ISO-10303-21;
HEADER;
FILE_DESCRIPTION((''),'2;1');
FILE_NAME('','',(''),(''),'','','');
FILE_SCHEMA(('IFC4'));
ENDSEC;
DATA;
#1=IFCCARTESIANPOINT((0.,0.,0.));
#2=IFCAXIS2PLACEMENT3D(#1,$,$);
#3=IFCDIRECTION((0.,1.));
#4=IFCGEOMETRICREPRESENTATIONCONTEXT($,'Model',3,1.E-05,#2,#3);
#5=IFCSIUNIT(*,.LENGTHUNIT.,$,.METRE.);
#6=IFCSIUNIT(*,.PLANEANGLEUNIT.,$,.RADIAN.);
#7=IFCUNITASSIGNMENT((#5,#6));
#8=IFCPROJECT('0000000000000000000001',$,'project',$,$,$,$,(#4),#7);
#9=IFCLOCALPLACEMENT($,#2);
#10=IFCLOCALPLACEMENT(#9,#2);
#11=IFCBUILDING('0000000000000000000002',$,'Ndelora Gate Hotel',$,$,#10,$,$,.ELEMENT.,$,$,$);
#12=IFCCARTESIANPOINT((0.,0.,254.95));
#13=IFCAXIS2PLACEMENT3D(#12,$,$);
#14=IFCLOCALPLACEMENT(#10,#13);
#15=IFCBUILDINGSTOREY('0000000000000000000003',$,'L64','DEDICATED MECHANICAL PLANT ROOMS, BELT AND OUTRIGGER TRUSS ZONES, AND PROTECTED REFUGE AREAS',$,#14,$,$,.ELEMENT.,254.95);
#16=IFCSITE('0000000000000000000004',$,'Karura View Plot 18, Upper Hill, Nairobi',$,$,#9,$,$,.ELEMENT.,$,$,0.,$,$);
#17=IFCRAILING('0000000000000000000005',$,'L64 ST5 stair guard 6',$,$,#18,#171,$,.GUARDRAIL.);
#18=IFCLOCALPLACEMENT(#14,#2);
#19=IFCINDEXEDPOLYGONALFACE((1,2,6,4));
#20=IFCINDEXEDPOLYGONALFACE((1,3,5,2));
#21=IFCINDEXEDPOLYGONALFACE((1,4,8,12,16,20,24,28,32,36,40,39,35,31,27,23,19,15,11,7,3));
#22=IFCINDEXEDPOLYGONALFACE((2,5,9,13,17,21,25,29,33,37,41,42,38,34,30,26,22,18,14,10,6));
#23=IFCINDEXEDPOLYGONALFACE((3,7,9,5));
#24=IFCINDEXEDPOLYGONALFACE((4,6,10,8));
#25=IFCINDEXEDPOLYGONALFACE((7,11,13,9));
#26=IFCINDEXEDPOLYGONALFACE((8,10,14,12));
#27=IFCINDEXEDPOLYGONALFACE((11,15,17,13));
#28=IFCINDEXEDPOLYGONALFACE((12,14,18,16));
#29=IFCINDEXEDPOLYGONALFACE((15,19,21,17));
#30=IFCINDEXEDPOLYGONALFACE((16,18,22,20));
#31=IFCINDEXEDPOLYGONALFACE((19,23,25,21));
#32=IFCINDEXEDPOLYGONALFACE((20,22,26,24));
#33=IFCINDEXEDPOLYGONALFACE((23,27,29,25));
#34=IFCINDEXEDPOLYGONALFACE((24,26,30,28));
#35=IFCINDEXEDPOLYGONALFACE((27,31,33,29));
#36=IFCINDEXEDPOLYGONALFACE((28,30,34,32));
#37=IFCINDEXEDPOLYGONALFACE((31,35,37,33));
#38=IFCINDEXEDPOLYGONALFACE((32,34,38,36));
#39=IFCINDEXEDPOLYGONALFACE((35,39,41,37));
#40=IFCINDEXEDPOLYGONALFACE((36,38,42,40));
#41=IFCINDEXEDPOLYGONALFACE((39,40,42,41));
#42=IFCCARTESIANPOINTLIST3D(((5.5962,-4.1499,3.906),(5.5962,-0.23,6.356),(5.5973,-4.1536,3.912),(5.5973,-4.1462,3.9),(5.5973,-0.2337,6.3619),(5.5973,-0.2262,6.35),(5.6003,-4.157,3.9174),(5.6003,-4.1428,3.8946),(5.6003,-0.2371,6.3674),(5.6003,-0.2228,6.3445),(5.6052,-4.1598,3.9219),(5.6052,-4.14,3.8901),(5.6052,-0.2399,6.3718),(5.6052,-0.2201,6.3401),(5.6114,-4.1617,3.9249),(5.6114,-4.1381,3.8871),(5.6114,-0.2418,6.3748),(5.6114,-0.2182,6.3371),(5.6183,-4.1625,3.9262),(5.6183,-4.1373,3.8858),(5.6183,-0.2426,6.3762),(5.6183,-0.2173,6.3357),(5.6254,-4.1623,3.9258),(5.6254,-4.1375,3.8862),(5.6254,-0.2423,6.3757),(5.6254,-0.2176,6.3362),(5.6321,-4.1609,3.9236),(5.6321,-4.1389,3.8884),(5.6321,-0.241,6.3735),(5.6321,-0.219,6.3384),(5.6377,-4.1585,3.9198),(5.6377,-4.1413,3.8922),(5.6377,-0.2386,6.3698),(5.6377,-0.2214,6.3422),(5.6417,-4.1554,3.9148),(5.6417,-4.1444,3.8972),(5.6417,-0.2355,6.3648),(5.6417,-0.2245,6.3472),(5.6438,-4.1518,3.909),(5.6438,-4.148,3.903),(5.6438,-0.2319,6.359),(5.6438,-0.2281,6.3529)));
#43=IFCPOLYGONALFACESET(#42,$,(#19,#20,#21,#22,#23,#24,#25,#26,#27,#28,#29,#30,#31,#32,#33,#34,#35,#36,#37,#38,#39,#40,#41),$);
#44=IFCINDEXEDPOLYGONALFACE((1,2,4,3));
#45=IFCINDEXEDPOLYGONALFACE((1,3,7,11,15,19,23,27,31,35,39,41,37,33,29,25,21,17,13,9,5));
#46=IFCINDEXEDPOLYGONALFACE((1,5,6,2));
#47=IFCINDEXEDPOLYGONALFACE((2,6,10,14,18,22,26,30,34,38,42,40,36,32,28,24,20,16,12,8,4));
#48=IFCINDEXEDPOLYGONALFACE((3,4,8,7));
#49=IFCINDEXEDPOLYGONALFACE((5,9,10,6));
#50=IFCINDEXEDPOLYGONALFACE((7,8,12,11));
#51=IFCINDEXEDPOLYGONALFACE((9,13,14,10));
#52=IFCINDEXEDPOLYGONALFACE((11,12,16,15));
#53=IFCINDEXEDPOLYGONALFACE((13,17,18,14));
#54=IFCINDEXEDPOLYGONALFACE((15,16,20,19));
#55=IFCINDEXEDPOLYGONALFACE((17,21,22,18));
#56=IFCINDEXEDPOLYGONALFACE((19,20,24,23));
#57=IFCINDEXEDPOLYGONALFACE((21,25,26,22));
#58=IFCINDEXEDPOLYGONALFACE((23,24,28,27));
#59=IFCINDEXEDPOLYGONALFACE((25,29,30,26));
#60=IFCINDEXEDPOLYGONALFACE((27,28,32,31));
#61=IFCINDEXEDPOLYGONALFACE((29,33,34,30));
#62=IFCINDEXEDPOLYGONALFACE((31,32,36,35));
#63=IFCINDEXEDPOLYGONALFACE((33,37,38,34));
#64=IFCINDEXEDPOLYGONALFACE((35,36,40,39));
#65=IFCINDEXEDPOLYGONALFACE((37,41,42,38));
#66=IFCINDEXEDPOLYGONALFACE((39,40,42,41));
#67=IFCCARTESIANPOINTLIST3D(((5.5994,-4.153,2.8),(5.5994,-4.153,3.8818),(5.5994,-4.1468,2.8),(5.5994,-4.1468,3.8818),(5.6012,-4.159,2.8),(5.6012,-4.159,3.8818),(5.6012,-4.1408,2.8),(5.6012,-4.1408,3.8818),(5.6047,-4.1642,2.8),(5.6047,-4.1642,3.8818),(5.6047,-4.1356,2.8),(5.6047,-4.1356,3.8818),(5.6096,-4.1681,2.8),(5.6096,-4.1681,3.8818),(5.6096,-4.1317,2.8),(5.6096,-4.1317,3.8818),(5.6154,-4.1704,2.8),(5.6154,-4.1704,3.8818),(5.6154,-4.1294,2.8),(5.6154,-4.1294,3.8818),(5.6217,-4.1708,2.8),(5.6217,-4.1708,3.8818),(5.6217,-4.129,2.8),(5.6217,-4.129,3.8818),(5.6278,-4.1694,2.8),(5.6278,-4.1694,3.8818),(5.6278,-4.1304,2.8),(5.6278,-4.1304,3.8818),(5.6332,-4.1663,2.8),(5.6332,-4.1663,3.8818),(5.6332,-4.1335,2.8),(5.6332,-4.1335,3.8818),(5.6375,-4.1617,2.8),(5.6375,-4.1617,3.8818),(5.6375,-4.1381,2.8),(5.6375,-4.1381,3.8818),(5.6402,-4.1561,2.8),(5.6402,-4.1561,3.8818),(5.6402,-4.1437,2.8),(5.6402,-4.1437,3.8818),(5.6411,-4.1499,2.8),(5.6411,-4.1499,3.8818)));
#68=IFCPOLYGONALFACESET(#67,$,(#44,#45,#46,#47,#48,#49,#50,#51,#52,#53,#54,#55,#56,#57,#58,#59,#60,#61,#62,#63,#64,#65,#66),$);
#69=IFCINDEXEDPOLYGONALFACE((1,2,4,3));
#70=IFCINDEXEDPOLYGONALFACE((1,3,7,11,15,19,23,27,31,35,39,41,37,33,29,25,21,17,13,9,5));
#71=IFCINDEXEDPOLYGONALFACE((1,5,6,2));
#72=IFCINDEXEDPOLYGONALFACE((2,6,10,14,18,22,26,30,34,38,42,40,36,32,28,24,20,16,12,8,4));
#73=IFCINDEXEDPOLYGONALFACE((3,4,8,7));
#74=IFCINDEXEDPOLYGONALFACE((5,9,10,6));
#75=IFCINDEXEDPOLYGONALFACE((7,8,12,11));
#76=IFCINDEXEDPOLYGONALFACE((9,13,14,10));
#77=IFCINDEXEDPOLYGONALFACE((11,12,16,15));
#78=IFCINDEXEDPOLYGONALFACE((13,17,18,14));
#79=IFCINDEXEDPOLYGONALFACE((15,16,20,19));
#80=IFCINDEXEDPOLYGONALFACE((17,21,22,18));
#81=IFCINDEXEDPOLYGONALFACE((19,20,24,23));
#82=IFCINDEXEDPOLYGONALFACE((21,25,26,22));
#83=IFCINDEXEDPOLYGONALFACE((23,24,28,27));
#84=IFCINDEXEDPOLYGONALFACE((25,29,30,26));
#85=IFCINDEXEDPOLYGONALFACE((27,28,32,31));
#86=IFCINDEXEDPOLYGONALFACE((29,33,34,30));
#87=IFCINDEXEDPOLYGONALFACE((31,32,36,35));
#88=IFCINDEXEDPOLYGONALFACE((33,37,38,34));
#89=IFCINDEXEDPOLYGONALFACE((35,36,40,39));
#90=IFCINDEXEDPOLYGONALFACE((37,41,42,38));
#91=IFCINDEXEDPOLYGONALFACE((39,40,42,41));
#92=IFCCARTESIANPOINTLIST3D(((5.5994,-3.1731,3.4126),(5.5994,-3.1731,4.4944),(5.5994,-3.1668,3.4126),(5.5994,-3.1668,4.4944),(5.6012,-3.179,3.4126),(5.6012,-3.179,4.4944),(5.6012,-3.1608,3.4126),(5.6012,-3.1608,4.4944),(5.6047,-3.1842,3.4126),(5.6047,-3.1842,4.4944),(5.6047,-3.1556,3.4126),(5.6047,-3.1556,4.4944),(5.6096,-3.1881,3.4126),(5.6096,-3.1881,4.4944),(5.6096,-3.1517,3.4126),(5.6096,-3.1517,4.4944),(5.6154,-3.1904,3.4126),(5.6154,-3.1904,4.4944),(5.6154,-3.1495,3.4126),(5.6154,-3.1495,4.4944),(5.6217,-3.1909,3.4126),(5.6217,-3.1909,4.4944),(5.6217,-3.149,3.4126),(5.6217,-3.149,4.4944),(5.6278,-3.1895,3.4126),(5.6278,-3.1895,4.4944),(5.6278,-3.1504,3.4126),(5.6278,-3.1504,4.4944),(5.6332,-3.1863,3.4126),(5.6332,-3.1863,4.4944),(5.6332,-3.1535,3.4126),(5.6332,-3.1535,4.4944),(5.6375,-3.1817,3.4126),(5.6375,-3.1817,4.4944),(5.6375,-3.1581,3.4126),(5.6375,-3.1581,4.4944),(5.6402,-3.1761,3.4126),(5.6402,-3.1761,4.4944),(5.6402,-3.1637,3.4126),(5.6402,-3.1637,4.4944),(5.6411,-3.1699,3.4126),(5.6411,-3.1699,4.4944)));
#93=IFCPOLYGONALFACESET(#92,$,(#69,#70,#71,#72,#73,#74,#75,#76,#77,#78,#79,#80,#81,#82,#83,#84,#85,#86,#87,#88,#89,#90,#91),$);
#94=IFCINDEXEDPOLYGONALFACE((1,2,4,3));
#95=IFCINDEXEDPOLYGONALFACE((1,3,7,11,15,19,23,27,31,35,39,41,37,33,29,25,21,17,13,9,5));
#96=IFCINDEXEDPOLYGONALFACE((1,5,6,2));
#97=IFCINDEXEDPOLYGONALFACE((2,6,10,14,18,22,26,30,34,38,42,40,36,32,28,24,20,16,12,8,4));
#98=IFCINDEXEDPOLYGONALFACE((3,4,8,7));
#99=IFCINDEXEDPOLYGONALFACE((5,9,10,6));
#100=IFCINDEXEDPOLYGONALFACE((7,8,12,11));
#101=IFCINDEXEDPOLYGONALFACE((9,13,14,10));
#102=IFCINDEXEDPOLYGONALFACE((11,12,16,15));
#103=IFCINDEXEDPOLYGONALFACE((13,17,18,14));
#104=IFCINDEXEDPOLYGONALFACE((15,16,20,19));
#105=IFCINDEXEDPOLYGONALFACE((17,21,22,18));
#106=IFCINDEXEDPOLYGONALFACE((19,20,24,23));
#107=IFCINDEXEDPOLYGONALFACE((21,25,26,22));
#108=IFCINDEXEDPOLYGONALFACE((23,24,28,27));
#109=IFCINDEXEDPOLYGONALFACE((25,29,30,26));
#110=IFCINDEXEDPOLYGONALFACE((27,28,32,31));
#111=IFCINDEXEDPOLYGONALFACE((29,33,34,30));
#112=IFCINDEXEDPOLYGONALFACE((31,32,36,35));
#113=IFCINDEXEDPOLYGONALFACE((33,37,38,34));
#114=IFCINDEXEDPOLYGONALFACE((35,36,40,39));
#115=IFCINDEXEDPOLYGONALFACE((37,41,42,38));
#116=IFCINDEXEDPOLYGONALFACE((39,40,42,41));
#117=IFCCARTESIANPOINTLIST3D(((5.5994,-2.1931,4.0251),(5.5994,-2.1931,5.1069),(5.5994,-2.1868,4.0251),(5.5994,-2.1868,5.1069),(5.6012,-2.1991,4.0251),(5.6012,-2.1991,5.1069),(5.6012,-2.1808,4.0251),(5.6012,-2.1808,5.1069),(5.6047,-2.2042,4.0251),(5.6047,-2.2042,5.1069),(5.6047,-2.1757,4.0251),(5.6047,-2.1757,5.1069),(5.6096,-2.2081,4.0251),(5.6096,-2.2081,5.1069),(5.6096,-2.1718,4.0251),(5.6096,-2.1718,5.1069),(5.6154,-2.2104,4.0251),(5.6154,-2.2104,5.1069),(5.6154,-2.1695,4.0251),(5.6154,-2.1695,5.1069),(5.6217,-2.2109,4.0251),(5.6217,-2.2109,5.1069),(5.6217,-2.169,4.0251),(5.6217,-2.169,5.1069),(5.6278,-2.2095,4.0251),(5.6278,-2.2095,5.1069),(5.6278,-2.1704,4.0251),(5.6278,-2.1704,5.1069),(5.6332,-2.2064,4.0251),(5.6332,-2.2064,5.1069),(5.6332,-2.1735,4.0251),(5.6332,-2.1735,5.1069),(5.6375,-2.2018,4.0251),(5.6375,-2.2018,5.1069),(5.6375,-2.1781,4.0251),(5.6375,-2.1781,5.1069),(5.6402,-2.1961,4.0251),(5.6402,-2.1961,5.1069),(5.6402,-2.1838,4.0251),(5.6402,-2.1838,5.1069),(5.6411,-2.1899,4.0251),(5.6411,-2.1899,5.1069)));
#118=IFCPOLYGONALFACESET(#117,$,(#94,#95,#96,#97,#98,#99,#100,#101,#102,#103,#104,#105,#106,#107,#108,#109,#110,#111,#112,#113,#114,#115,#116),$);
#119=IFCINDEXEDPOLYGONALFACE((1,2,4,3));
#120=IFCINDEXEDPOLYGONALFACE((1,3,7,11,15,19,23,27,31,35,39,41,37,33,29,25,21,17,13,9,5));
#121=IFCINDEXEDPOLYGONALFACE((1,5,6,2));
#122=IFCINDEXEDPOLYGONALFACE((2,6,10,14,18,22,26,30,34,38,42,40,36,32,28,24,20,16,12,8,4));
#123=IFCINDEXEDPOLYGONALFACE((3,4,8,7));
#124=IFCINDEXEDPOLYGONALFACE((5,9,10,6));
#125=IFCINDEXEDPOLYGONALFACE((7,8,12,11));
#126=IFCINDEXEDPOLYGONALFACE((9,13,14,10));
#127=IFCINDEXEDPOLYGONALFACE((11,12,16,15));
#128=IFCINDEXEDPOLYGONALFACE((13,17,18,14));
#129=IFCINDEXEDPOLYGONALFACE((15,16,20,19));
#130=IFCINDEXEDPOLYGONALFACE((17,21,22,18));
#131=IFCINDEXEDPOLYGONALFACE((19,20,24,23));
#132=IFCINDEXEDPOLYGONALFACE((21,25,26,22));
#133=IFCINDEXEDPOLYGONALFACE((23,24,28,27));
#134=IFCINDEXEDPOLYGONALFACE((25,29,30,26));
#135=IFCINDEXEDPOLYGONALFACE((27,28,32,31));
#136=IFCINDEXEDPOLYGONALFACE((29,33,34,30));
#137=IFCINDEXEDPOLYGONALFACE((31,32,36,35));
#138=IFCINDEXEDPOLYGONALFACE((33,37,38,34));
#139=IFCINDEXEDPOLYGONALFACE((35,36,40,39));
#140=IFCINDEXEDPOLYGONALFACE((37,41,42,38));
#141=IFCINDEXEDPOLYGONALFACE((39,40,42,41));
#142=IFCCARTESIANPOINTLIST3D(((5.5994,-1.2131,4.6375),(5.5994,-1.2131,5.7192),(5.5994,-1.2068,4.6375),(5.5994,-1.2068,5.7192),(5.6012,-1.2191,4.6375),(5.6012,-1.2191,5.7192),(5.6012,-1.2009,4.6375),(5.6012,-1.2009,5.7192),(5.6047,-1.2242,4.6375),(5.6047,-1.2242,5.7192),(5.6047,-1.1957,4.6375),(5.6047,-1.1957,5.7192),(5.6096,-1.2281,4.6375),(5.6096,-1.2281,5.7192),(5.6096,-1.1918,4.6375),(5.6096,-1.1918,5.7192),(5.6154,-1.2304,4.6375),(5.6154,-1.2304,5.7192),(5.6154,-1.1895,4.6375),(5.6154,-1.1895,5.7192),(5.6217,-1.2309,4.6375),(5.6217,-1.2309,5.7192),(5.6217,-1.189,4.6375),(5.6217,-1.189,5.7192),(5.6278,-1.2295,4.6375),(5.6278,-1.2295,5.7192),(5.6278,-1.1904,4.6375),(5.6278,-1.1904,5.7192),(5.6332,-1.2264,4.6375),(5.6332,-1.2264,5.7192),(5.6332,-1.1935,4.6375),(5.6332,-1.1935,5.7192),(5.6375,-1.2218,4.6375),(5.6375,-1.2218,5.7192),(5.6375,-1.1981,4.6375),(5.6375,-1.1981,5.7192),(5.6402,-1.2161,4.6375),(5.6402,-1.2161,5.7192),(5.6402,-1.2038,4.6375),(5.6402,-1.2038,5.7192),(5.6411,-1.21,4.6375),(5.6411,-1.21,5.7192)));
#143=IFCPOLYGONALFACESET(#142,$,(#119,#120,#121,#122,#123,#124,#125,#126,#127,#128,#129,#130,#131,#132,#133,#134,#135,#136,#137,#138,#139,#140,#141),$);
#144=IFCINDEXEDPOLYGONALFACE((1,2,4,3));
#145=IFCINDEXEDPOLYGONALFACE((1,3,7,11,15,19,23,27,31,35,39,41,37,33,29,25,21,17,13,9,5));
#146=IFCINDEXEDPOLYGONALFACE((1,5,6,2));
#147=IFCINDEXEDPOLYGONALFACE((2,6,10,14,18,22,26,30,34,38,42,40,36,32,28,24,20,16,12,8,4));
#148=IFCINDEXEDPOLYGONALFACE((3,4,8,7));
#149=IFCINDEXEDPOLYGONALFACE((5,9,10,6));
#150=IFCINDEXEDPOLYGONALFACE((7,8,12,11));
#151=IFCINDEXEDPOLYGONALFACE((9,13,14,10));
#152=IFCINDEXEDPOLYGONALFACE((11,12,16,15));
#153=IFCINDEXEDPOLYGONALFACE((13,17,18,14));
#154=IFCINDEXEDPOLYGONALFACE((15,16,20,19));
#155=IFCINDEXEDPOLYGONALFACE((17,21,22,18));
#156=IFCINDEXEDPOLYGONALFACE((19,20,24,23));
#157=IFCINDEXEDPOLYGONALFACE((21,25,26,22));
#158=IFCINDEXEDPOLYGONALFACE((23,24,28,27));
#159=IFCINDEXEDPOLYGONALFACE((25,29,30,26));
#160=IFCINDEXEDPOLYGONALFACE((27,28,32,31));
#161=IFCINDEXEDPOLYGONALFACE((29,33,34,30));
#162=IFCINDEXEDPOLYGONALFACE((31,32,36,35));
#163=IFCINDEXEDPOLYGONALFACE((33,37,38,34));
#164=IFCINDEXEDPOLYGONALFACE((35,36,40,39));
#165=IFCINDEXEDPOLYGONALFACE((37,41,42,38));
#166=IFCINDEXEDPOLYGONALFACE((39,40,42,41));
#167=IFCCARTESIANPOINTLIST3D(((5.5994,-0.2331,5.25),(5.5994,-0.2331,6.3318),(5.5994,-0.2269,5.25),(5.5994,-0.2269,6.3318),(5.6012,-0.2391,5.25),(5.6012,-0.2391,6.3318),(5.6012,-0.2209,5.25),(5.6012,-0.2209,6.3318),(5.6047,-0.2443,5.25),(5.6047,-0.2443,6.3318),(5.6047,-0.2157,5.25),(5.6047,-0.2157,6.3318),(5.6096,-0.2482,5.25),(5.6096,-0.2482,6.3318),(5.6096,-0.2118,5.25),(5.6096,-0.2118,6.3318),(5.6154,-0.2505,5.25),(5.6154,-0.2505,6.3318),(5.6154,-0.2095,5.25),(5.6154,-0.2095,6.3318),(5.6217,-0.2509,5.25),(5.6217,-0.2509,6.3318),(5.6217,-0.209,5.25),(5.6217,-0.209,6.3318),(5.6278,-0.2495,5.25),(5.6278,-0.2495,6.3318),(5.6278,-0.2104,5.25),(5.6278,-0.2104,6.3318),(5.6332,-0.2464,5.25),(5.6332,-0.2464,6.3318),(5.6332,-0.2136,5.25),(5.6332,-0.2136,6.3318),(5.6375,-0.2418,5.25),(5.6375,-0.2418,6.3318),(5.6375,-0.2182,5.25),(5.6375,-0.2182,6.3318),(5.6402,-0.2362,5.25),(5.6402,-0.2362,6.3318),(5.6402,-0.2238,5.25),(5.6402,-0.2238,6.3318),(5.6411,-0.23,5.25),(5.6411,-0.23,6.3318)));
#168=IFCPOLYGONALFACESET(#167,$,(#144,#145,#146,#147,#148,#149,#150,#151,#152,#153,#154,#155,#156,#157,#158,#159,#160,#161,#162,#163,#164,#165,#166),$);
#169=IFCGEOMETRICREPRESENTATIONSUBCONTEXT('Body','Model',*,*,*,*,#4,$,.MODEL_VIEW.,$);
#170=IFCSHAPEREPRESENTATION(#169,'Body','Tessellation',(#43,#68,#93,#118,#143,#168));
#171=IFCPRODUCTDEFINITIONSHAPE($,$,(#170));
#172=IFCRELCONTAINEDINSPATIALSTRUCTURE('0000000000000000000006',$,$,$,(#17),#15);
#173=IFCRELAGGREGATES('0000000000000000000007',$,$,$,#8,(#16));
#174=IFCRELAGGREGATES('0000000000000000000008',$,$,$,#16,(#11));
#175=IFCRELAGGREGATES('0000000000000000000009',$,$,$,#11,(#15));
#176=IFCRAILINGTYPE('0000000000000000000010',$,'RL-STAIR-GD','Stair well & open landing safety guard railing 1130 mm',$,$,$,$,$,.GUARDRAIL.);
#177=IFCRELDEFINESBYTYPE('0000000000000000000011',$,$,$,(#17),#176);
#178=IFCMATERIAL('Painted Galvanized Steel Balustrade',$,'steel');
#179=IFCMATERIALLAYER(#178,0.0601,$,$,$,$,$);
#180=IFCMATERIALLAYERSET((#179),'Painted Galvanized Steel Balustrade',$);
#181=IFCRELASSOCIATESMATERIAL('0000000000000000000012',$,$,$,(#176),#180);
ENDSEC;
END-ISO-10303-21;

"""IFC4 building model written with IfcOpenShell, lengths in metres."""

from ifc_helpers import new_model, si_unit, direction, frame, origin, origin_2d, place, context, subcontext, project, spatial, circle, extrude, material, layer, layer_set, type_object, element, save


model = new_model("IFC4")

# Units and contexts
model_context = context("Model", 3, precision=1e-05, world=origin(), true_north=direction((0.0, 1.0)))
body_context = subcontext(model_context, "Body", "Model", "MODEL_VIEW")
ifc_project = project(units=[si_unit("LENGTHUNIT", "METRE"), si_unit("PLANEANGLEUNIT", "RADIAN")], contexts=[model_context])

# Site, building, storey
site_placement = place(None, origin())
site = spatial("IfcSite", under=ifc_project, at=site_placement, Name="Karura View Plot 18, Upper Hill, Nairobi", CompositionType="ELEMENT", RefElevation=0.0)
building_placement = place(site_placement, origin())
building = spatial("IfcBuilding", under=site, at=building_placement, Name="Ndelora Gate Hotel", CompositionType="ELEMENT")
storey_placement = place(building_placement, frame((0.0, 0.0, 254.95)))
storey = spatial("IfcBuildingStorey", under=building, at=storey_placement, Name="L64", Description="DEDICATED MECHANICAL PLANT ROOMS, BELT AND OUTRIGGER TRUSS ZONES, AND PROTECTED REFUGE AREAS", CompositionType="ELEMENT", Elevation=254.95)

# Railing
ifc_material_1 = material(Name="Painted Galvanized Steel Balustrade", Category="steel")
ifc_layer_1 = layer(ifc_material_1, 0.0601)
ifc_layer_set_1 = layer_set([ifc_layer_1], Name="Painted Galvanized Steel Balustrade")
railing_type_1 = type_object("IfcRailingType", Name="RL-STAIR-GD", Description="Stair well & open landing safety guard railing 1130 mm", PredefinedType="GUARDRAIL", material=ifc_layer_set_1)
railing_1_placement = place(storey_placement, frame((5.6201, -4.1499, 2.8)))
element("IfcRailing", 1, at=railing_1_placement, inside=storey, type_object=railing_type_1, Name="L64 ST5 stair guard 6", PredefinedType="GUARDRAIL", context=body_context, shape_type="SweptSolid", body=[
    extrude(circle(Radius=0.0239, at=origin_2d()), frame((0.0, 0.0, 1.106), z_axis=(0.0, 0.847998, 0.529999), x_axis=(-1.0, 0.0, 0.0)), (0.0, 0.0, 1.0), 4.6226),
    extrude(circle(Radius=0.021, at=origin_2d()), origin(), (0.0, 0.0, 1.0), 1.0818),
    extrude(circle(Radius=0.021, at=origin_2d()), frame((0.0, 0.98, 0.6125)), (0.0, 0.0, 1.0), 1.0818),
    extrude(circle(Radius=0.021, at=origin_2d()), frame((0.0, 1.96, 1.2251)), (0.0, 0.0, 1.0), 1.0818),
    extrude(circle(Radius=0.021, at=origin_2d()), frame((0.0, 2.9399, 1.8374)), (0.0, 0.0, 1.0), 1.0818),
    extrude(circle(Radius=0.021, at=origin_2d()), frame((0.0, 3.9199, 2.45)), (0.0, 0.0, 1.0), 1.0818),
])

save(model, "model.ifc")
